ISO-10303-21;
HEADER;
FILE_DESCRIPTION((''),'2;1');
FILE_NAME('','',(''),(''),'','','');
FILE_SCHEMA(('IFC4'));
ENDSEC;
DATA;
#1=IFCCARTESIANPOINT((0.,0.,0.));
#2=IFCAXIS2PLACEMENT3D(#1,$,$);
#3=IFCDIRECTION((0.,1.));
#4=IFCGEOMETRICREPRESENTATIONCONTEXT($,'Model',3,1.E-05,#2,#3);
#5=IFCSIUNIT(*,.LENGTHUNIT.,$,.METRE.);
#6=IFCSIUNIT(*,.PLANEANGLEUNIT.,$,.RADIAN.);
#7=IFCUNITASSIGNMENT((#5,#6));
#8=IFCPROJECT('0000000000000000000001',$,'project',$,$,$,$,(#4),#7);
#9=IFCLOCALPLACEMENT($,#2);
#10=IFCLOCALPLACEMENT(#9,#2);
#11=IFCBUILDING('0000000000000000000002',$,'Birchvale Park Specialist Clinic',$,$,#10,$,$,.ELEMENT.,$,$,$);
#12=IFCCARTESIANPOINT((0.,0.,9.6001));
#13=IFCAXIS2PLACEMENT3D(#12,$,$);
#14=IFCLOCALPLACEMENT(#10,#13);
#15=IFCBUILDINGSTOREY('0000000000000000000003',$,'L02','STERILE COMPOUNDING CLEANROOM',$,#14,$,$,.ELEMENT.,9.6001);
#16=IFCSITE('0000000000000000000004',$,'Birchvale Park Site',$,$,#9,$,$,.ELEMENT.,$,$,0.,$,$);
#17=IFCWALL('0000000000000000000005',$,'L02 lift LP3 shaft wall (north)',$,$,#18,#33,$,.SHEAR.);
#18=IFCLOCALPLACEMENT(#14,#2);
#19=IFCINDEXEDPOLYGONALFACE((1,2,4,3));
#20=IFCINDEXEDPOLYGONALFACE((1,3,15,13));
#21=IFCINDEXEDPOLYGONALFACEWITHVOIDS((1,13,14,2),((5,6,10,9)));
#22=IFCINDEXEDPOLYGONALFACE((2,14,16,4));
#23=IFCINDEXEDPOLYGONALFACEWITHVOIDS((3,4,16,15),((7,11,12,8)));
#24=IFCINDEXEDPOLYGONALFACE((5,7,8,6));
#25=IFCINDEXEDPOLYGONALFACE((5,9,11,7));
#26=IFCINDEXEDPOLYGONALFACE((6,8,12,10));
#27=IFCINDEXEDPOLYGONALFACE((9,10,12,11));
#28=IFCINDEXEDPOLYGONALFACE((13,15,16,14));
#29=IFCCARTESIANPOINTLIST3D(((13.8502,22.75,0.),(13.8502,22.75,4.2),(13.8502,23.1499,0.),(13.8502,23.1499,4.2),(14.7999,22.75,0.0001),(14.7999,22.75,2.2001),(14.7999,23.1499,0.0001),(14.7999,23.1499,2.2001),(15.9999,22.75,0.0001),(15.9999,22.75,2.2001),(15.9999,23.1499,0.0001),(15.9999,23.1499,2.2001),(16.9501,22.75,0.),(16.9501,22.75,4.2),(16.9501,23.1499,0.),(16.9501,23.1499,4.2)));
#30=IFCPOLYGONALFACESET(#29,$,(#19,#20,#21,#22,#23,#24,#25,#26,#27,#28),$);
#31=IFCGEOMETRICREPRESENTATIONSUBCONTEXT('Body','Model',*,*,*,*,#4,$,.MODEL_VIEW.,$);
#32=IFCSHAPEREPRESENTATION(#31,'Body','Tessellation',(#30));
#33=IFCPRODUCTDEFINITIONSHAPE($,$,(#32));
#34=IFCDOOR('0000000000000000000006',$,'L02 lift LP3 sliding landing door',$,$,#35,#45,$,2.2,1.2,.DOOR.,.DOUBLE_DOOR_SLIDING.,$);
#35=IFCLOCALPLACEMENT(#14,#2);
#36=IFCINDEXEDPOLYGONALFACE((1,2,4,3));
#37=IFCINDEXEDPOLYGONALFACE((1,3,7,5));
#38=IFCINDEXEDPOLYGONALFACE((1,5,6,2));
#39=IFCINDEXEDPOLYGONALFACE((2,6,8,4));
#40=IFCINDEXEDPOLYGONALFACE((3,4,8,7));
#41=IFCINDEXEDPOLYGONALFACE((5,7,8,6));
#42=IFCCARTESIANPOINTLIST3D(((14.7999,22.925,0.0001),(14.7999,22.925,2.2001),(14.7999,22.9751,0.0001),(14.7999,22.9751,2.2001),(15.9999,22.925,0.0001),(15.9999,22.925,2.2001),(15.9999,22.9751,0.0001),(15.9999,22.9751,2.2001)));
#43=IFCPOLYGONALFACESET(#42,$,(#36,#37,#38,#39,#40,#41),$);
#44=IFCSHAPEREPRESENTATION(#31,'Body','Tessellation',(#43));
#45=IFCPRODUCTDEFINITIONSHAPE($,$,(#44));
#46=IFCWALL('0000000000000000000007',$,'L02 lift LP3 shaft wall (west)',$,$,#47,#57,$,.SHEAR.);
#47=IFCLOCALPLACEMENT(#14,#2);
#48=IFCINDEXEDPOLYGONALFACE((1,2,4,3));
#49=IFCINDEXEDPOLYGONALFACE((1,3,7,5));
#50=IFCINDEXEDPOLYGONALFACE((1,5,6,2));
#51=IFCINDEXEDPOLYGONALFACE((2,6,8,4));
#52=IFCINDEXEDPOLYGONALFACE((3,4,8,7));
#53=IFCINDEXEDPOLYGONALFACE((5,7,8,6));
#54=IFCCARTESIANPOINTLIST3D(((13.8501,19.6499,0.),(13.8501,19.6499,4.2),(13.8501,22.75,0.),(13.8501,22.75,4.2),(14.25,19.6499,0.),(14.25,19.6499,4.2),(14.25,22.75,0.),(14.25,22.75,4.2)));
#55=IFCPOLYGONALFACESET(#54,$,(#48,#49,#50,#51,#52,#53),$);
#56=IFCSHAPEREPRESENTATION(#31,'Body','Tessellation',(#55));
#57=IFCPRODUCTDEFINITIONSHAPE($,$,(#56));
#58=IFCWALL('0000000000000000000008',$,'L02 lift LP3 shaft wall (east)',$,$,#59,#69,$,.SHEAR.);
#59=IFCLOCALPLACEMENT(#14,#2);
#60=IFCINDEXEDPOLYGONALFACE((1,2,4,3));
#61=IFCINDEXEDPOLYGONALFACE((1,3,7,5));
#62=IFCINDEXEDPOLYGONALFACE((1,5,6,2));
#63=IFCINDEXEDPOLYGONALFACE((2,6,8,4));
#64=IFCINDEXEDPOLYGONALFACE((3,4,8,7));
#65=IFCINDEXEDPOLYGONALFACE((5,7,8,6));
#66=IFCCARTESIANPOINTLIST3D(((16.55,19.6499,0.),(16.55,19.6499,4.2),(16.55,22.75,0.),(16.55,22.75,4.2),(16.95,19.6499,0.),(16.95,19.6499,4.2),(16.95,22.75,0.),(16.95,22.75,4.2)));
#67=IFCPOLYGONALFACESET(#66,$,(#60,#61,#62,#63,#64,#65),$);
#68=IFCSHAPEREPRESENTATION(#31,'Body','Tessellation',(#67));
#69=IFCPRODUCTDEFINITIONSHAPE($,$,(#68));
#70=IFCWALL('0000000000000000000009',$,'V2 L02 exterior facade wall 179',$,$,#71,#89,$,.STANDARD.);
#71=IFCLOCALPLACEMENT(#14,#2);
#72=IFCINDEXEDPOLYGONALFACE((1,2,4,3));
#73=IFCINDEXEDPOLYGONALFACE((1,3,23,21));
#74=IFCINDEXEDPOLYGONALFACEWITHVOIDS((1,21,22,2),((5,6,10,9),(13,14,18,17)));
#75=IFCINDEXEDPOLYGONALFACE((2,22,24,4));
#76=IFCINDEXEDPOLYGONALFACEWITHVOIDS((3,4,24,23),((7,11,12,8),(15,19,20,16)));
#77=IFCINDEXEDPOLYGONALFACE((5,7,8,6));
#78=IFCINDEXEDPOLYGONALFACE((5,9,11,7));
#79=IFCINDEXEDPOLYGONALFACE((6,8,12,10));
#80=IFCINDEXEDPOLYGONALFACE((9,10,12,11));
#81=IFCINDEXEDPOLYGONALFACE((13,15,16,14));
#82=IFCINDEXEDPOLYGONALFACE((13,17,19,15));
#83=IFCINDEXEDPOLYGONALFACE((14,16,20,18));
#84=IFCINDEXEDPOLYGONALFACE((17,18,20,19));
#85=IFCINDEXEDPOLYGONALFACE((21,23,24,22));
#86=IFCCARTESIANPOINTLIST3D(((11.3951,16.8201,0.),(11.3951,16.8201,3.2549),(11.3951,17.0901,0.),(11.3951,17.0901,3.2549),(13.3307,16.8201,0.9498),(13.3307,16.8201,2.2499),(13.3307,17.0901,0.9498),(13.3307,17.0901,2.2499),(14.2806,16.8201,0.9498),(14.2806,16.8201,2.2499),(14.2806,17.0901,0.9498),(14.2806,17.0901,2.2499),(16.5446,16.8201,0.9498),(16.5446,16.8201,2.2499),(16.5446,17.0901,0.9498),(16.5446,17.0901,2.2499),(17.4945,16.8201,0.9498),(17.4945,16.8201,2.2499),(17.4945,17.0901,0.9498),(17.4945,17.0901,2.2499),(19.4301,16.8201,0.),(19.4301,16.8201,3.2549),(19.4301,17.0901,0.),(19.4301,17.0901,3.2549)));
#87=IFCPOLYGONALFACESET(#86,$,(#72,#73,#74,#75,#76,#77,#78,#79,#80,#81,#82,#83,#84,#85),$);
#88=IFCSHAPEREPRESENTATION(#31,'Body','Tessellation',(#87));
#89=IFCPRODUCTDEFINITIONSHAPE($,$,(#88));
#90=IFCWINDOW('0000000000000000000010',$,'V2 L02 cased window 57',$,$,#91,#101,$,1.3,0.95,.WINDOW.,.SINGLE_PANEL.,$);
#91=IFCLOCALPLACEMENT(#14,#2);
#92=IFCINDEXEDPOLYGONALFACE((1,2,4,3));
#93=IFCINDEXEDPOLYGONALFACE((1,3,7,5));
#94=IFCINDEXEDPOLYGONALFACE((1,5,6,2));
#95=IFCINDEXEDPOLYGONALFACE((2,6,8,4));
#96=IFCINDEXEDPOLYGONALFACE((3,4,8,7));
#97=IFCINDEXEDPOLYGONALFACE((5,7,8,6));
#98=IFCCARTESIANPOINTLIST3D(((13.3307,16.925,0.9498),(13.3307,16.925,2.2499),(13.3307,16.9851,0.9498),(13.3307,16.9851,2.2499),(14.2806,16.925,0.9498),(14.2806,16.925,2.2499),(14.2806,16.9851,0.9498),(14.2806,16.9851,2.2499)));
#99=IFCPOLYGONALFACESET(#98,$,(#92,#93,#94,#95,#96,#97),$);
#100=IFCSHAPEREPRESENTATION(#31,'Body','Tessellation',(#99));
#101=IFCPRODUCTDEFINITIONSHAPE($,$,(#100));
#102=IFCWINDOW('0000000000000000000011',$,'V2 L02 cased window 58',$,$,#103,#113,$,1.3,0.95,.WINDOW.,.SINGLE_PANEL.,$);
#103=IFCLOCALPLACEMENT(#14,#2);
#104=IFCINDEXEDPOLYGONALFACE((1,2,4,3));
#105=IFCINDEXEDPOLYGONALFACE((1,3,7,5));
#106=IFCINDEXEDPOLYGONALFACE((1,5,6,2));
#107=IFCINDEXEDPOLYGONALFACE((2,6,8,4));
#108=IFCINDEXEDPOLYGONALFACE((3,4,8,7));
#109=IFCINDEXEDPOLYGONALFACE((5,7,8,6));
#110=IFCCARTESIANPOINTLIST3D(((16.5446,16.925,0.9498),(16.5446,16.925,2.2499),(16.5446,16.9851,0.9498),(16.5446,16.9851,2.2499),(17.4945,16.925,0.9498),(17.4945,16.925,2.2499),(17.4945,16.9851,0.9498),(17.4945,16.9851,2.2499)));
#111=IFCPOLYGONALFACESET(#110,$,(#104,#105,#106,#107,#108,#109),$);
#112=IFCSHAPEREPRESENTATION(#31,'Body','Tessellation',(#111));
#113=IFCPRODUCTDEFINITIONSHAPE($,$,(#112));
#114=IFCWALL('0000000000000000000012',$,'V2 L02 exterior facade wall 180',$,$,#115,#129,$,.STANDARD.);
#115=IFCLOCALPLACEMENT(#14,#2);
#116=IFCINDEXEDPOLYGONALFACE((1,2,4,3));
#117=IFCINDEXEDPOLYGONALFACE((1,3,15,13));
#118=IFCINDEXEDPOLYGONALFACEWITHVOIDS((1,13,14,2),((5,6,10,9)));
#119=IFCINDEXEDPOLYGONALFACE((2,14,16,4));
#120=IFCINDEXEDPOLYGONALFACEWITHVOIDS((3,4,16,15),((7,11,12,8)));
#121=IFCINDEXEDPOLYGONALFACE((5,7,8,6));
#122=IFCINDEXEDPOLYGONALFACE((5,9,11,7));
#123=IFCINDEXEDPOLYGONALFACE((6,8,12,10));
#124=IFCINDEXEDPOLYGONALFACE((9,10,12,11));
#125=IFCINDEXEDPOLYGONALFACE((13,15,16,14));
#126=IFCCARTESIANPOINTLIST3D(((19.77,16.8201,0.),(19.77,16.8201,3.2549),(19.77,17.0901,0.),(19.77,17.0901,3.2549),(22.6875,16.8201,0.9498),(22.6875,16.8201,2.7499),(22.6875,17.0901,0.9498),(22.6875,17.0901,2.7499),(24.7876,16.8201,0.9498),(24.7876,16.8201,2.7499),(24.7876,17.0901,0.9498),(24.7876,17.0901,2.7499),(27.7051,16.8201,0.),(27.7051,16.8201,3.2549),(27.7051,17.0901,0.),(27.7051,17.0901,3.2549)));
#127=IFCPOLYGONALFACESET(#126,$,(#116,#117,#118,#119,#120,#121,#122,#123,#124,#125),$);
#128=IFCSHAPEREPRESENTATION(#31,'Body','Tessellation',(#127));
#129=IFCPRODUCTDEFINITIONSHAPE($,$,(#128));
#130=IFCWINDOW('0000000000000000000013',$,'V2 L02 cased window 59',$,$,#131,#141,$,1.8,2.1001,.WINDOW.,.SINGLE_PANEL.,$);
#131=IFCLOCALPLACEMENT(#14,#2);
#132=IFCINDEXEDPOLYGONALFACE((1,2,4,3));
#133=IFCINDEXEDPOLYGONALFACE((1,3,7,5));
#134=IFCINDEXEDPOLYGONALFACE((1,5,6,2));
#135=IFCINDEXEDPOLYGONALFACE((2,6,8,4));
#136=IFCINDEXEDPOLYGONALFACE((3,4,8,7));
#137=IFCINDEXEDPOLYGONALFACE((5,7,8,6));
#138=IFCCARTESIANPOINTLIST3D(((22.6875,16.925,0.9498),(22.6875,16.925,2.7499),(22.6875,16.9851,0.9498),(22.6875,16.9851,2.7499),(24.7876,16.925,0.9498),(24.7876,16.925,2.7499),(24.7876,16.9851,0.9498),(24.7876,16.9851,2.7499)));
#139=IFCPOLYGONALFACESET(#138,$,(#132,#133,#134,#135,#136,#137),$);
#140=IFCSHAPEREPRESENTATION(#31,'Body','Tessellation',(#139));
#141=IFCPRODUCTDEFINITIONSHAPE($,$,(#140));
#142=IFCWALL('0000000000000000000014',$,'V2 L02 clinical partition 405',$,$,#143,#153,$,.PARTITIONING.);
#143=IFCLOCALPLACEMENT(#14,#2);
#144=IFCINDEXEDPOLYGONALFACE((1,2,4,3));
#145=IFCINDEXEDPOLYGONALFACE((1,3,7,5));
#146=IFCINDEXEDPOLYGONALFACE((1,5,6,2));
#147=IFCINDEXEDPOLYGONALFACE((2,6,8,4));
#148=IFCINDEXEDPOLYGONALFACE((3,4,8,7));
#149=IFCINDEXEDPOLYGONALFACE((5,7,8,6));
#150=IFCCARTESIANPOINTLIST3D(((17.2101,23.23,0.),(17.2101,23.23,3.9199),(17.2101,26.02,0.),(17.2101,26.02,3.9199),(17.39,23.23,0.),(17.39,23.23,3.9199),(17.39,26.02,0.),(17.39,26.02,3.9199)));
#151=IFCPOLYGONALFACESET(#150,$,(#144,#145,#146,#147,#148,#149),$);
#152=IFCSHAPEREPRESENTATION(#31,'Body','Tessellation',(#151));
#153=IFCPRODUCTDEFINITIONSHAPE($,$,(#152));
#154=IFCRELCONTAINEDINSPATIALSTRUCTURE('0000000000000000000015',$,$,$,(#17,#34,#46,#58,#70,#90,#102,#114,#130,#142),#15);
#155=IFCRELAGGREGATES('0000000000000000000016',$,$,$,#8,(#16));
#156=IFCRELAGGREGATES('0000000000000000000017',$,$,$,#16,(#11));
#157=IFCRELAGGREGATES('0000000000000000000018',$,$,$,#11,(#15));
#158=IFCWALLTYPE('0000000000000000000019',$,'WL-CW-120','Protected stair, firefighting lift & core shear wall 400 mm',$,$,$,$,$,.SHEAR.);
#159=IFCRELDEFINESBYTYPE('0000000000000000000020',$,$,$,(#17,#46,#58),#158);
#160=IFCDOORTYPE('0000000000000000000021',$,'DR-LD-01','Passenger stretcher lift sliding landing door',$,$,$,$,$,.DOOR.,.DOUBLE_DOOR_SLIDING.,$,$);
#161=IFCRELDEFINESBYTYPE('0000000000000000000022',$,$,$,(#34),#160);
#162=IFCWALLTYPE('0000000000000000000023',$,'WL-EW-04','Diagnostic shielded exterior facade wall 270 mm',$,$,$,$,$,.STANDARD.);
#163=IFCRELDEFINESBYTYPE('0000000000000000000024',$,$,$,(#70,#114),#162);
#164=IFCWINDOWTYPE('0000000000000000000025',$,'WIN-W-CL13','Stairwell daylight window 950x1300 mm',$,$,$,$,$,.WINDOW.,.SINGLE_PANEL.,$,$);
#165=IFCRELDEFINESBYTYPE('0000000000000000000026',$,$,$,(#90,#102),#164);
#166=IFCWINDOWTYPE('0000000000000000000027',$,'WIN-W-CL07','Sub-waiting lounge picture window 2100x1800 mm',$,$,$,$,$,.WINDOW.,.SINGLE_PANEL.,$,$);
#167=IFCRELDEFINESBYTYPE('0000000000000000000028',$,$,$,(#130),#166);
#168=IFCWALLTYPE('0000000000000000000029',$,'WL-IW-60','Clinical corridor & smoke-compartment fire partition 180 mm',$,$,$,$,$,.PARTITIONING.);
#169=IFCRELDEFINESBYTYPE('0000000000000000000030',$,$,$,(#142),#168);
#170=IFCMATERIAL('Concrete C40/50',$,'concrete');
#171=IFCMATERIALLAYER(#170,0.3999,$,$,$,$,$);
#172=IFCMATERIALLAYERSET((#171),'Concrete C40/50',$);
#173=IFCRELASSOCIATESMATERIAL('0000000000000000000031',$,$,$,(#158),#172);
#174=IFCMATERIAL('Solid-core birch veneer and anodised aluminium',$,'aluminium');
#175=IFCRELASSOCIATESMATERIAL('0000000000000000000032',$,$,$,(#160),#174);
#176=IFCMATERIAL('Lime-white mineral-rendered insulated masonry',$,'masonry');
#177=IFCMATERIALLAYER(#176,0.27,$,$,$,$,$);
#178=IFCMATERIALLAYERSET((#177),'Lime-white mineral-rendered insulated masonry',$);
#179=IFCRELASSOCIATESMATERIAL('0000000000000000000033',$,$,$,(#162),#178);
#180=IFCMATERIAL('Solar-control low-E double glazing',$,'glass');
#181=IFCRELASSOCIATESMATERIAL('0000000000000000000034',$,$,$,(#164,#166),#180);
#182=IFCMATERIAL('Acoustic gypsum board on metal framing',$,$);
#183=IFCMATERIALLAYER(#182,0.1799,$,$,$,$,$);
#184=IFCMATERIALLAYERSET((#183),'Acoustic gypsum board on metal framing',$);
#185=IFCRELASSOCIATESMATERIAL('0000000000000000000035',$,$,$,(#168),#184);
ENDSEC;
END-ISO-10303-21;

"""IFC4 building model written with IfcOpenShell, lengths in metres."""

from ifc_helpers import new_model, si_unit, direction, frame, frame_2d, origin, place, context, subcontext, project, spatial, rectangle, extrude, material, layer, layer_set, type_object, element, fill, save


model = new_model("IFC4")

# Units and contexts
model_context = context("Model", 3, precision=1e-05, world=origin(), true_north=direction((0.0, 1.0)))
body_context = subcontext(model_context, "Body", "Model", "MODEL_VIEW")
ifc_project = project(units=[si_unit("LENGTHUNIT", "METRE"), si_unit("PLANEANGLEUNIT", "RADIAN")], contexts=[model_context])

# Site, building, storey
site_placement = place(None, origin())
site = spatial("IfcSite", under=ifc_project, at=site_placement, Name="Birchvale Park Site", CompositionType="ELEMENT", RefElevation=0.0)
building_placement = place(site_placement, origin())
building = spatial("IfcBuilding", under=site, at=building_placement, Name="Birchvale Park Specialist Clinic", CompositionType="ELEMENT")
storey_placement = place(building_placement, frame((0.0, 0.0, 9.6001)))
storey = spatial("IfcBuildingStorey", under=building, at=storey_placement, Name="L02", Description="STERILE COMPOUNDING CLEANROOM", CompositionType="ELEMENT", Elevation=9.6001)

# Shared definitions
ifc_material_1 = material(Name="Concrete C40/50", Category="concrete")

# Shared definitions
ifc_material_2 = material(Name="Solar-control low-E double glazing", Category="glass")

# Shared definitions
ifc_layer_1 = layer(ifc_material_1, 0.3999)
ifc_layer_set_1 = layer_set([ifc_layer_1], Name="Concrete C40/50")
wall_type_1 = type_object("IfcWallType", Name="WL-CW-120", Description="Protected stair, firefighting lift & core shear wall 400 mm", PredefinedType="SHEAR", material=ifc_layer_set_1)

# Wall, opening, door
wall_1_placement = place(storey_placement, frame((16.95, 22.95, 0.0), z_axis=(0.0, 0.0, 1.0), x_axis=(-1.0, 0.0, 0.0)))
wall_1 = element("IfcWall", 1, at=wall_1_placement, inside=storey, type_object=wall_type_1, Name="L02 lift LP3 shaft wall (north)", PredefinedType="SHEAR", context=body_context, shape_type="SweptSolid", body=[
    extrude(rectangle(XDim=3.0999, YDim=0.3999, at=frame_2d((1.5498, 0.0))), origin(), (0.0, 0.0, 1.0), 4.2),
])
opening_1_placement = place(wall_1_placement, frame((0.95, 0.0, 0.0)))
opening_1 = element("IfcOpeningElement", 2, at=opening_1_placement, cuts=wall_1, PredefinedType="OPENING", context=body_context, shape_type="SweptSolid", body=[
    extrude(rectangle(XDim=1.2, YDim=2.2, at=frame_2d((0.6001, 1.1001))), frame((0.0, 0.21, 0.0), z_axis=(0.0, -1.0, 0.0), x_axis=(1.0, 0.0, 0.0)), (0.0, 0.0, 1.0), 0.4199),
])
ifc_material_3 = material(Name="Solid-core birch veneer and anodised aluminium", Category="aluminium")
door_type_1 = type_object("IfcDoorType", Name="DR-LD-01", Description="Passenger stretcher lift sliding landing door", OperationType="DOUBLE_DOOR_SLIDING", PredefinedType="DOOR", material=ifc_material_3)
door_1_placement = place(opening_1_placement, origin())
door_1 = element("IfcDoor", 3, at=door_1_placement, inside=storey, type_object=door_type_1, Name="L02 lift LP3 sliding landing door", OperationType="DOUBLE_DOOR_SLIDING", OverallHeight=2.2, OverallWidth=1.2, PredefinedType="DOOR", context=body_context, shape_type="SweptSolid", body=[
    extrude(rectangle(XDim=1.2, YDim=2.2, at=frame_2d((0.6001, 1.1001))), frame((0.0, 0.0249, 0.0), z_axis=(0.0, -1.0, 0.0), x_axis=(1.0, 0.0, 0.0)), (0.0, 0.0, 1.0), 0.05),
])
fill(opening_1, door_1)

# Walls
for number, where, z_axis, x_axis, name in (
    (4, (14.05, 19.6499, 0.0), (0.0, 0.0, 1.0), (0.0, 1.0, 0.0), "L02 lift LP3 shaft wall (west)"),
    (5, (16.75, 22.75, 0.0), (0.0, 0.0, 1.0), (0.0, -1.0, 0.0), "L02 lift LP3 shaft wall (east)"),
):
    element("IfcWall", number, at=place(storey_placement, frame(where, z_axis=z_axis, x_axis=x_axis)), inside=storey, type_object=wall_type_1, Name=name, PredefinedType="SHEAR", context=body_context, shape_type="SweptSolid", body=[
        extrude(rectangle(XDim=3.1001, YDim=0.3999, at=frame_2d((1.55, 0.0))), origin(), (0.0, 0.0, 1.0), 4.2),
    ])

# Wall, openings, windows
ifc_material_4 = material(Name="Lime-white mineral-rendered insulated masonry", Category="masonry")
ifc_layer_2 = layer(ifc_material_4, 0.27)
ifc_layer_set_2 = layer_set([ifc_layer_2], Name="Lime-white mineral-rendered insulated masonry")
wall_type_2 = type_object("IfcWallType", Name="WL-EW-04", Description="Diagnostic shielded exterior facade wall 270 mm", PredefinedType="STANDARD", material=ifc_layer_set_2)
wall_2_placement = place(storey_placement, frame((11.395, 16.9551, 0.0), z_axis=(0.0, 0.0, 1.0), x_axis=(1.0, 0.0, 0.0)))
wall_2 = element("IfcWall", 6, at=wall_2_placement, inside=storey, type_object=wall_type_2, Name="V2 L02 exterior facade wall 179", PredefinedType="STANDARD", context=body_context, shape_type="SweptSolid", body=[
    extrude(rectangle(XDim=8.0349, YDim=0.27, at=frame_2d((4.0176, 0.0))), origin(), (0.0, 0.0, 1.0), 3.2549),
])
opening_2_placement = place(wall_2_placement, frame((1.9355, 0.0, 0.95)))
opening_2 = element("IfcOpeningElement", 7, at=opening_2_placement, cuts=wall_2, PredefinedType="OPENING", context=body_context, shape_type="SweptSolid", body=[
    extrude(rectangle(XDim=0.95, YDim=1.3, at=frame_2d((0.4751, 0.6499))), frame((0.0, 0.145, 0.0), z_axis=(0.0, -1.0, 0.0), x_axis=(1.0, 0.0, 0.0)), (0.0, 0.0, 1.0), 0.29),
])
opening_3_placement = place(wall_2_placement, frame((5.1494, 0.0, 0.95)))
opening_3 = element("IfcOpeningElement", 8, at=opening_3_placement, cuts=wall_2, PredefinedType="OPENING", context=body_context, shape_type="SweptSolid", body=[
    extrude(rectangle(XDim=0.95, YDim=1.3, at=frame_2d((0.4751, 0.6499))), frame((0.0, 0.145, 0.0), z_axis=(0.0, -1.0, 0.0), x_axis=(1.0, 0.0, 0.0)), (0.0, 0.0, 1.0), 0.29),
])
window_type_1 = type_object("IfcWindowType", Name="WIN-W-CL13", Description="Stairwell daylight window 950x1300 mm", PartitioningType="SINGLE_PANEL", PredefinedType="WINDOW", material=ifc_material_2)
window_1_placement = place(opening_2_placement, origin())
window_1 = element("IfcWindow", 9, at=window_1_placement, inside=storey, type_object=window_type_1, Name="V2 L02 cased window 57", OverallHeight=1.3, OverallWidth=0.95, PartitioningType="SINGLE_PANEL", PredefinedType="WINDOW", context=body_context, shape_type="SweptSolid", body=[
    extrude(rectangle(XDim=0.95, YDim=1.3, at=frame_2d((0.4751, 0.6499))), frame((0.0, 0.03, 0.0), z_axis=(0.0, -1.0, 0.0), x_axis=(1.0, 0.0, 0.0)), (0.0, 0.0, 1.0), 0.0601),
])
fill(opening_2, window_1)
window_2_placement = place(opening_3_placement, origin())
window_2 = element("IfcWindow", 10, at=window_2_placement, inside=storey, type_object=window_type_1, Name="V2 L02 cased window 58", OverallHeight=1.3, OverallWidth=0.95, PartitioningType="SINGLE_PANEL", PredefinedType="WINDOW", context=body_context, shape_type="SweptSolid", body=[
    extrude(rectangle(XDim=0.95, YDim=1.3, at=frame_2d((0.4751, 0.6499))), frame((0.0, 0.03, 0.0), z_axis=(0.0, -1.0, 0.0), x_axis=(1.0, 0.0, 0.0)), (0.0, 0.0, 1.0), 0.0601),
])
fill(opening_3, window_2)

# Wall, opening, window
wall_3_placement = place(storey_placement, frame((19.77, 16.9551, 0.0), z_axis=(0.0, 0.0, 1.0), x_axis=(1.0, 0.0, 0.0)))
wall_3 = element("IfcWall", 11, at=wall_3_placement, inside=storey, type_object=wall_type_2, Name="V2 L02 exterior facade wall 180", PredefinedType="STANDARD", context=body_context, shape_type="SweptSolid", body=[
    extrude(rectangle(XDim=7.9351, YDim=0.27, at=frame_2d((3.9675, 0.0))), origin(), (0.0, 0.0, 1.0), 3.2549),
])
opening_4_placement = place(wall_3_placement, frame((2.9175, 0.0, 0.95)))
opening_4 = element("IfcOpeningElement", 12, at=opening_4_placement, cuts=wall_3, PredefinedType="OPENING", context=body_context, shape_type="SweptSolid", body=[
    extrude(rectangle(XDim=2.1001, YDim=1.8, at=frame_2d((1.05, 0.8999))), frame((0.0, 0.145, 0.0), z_axis=(0.0, -1.0, 0.0), x_axis=(1.0, 0.0, 0.0)), (0.0, 0.0, 1.0), 0.29),
])
window_type_2 = type_object("IfcWindowType", Name="WIN-W-CL07", Description="Sub-waiting lounge picture window 2100x1800 mm", PartitioningType="SINGLE_PANEL", PredefinedType="WINDOW", material=ifc_material_2)
window_3_placement = place(opening_4_placement, origin())
window_3 = element("IfcWindow", 13, at=window_3_placement, inside=storey, type_object=window_type_2, Name="V2 L02 cased window 59", OverallHeight=1.8, OverallWidth=2.1001, PartitioningType="SINGLE_PANEL", PredefinedType="WINDOW", context=body_context, shape_type="SweptSolid", body=[
    extrude(rectangle(XDim=2.1001, YDim=1.8, at=frame_2d((1.05, 0.8999))), frame((0.0, 0.03, 0.0), z_axis=(0.0, -1.0, 0.0), x_axis=(1.0, 0.0, 0.0)), (0.0, 0.0, 1.0), 0.0601),
])
fill(opening_4, window_3)

# Wall
ifc_material_5 = material(Name="Acoustic gypsum board on metal framing")
ifc_layer_3 = layer(ifc_material_5, 0.1799)
ifc_layer_set_3 = layer_set([ifc_layer_3], Name="Acoustic gypsum board on metal framing")
wall_type_3 = type_object("IfcWallType", Name="WL-IW-60", Description="Clinical corridor & smoke-compartment fire partition 180 mm", PredefinedType="PARTITIONING", material=ifc_layer_set_3)
wall_4_placement = place(storey_placement, frame((17.3, 23.23, 0.0), z_axis=(0.0, 0.0, 1.0), x_axis=(0.0, 1.0, 0.0)))
element("IfcWall", 14, at=wall_4_placement, inside=storey, type_object=wall_type_3, Name="V2 L02 clinical partition 405", PredefinedType="PARTITIONING", context=body_context, shape_type="SweptSolid", body=[
    extrude(rectangle(XDim=2.79, YDim=0.1799, at=frame_2d((1.395, 0.0))), origin(), (0.0, 0.0, 1.0), 3.9199),
])

save(model, "model.ifc")
